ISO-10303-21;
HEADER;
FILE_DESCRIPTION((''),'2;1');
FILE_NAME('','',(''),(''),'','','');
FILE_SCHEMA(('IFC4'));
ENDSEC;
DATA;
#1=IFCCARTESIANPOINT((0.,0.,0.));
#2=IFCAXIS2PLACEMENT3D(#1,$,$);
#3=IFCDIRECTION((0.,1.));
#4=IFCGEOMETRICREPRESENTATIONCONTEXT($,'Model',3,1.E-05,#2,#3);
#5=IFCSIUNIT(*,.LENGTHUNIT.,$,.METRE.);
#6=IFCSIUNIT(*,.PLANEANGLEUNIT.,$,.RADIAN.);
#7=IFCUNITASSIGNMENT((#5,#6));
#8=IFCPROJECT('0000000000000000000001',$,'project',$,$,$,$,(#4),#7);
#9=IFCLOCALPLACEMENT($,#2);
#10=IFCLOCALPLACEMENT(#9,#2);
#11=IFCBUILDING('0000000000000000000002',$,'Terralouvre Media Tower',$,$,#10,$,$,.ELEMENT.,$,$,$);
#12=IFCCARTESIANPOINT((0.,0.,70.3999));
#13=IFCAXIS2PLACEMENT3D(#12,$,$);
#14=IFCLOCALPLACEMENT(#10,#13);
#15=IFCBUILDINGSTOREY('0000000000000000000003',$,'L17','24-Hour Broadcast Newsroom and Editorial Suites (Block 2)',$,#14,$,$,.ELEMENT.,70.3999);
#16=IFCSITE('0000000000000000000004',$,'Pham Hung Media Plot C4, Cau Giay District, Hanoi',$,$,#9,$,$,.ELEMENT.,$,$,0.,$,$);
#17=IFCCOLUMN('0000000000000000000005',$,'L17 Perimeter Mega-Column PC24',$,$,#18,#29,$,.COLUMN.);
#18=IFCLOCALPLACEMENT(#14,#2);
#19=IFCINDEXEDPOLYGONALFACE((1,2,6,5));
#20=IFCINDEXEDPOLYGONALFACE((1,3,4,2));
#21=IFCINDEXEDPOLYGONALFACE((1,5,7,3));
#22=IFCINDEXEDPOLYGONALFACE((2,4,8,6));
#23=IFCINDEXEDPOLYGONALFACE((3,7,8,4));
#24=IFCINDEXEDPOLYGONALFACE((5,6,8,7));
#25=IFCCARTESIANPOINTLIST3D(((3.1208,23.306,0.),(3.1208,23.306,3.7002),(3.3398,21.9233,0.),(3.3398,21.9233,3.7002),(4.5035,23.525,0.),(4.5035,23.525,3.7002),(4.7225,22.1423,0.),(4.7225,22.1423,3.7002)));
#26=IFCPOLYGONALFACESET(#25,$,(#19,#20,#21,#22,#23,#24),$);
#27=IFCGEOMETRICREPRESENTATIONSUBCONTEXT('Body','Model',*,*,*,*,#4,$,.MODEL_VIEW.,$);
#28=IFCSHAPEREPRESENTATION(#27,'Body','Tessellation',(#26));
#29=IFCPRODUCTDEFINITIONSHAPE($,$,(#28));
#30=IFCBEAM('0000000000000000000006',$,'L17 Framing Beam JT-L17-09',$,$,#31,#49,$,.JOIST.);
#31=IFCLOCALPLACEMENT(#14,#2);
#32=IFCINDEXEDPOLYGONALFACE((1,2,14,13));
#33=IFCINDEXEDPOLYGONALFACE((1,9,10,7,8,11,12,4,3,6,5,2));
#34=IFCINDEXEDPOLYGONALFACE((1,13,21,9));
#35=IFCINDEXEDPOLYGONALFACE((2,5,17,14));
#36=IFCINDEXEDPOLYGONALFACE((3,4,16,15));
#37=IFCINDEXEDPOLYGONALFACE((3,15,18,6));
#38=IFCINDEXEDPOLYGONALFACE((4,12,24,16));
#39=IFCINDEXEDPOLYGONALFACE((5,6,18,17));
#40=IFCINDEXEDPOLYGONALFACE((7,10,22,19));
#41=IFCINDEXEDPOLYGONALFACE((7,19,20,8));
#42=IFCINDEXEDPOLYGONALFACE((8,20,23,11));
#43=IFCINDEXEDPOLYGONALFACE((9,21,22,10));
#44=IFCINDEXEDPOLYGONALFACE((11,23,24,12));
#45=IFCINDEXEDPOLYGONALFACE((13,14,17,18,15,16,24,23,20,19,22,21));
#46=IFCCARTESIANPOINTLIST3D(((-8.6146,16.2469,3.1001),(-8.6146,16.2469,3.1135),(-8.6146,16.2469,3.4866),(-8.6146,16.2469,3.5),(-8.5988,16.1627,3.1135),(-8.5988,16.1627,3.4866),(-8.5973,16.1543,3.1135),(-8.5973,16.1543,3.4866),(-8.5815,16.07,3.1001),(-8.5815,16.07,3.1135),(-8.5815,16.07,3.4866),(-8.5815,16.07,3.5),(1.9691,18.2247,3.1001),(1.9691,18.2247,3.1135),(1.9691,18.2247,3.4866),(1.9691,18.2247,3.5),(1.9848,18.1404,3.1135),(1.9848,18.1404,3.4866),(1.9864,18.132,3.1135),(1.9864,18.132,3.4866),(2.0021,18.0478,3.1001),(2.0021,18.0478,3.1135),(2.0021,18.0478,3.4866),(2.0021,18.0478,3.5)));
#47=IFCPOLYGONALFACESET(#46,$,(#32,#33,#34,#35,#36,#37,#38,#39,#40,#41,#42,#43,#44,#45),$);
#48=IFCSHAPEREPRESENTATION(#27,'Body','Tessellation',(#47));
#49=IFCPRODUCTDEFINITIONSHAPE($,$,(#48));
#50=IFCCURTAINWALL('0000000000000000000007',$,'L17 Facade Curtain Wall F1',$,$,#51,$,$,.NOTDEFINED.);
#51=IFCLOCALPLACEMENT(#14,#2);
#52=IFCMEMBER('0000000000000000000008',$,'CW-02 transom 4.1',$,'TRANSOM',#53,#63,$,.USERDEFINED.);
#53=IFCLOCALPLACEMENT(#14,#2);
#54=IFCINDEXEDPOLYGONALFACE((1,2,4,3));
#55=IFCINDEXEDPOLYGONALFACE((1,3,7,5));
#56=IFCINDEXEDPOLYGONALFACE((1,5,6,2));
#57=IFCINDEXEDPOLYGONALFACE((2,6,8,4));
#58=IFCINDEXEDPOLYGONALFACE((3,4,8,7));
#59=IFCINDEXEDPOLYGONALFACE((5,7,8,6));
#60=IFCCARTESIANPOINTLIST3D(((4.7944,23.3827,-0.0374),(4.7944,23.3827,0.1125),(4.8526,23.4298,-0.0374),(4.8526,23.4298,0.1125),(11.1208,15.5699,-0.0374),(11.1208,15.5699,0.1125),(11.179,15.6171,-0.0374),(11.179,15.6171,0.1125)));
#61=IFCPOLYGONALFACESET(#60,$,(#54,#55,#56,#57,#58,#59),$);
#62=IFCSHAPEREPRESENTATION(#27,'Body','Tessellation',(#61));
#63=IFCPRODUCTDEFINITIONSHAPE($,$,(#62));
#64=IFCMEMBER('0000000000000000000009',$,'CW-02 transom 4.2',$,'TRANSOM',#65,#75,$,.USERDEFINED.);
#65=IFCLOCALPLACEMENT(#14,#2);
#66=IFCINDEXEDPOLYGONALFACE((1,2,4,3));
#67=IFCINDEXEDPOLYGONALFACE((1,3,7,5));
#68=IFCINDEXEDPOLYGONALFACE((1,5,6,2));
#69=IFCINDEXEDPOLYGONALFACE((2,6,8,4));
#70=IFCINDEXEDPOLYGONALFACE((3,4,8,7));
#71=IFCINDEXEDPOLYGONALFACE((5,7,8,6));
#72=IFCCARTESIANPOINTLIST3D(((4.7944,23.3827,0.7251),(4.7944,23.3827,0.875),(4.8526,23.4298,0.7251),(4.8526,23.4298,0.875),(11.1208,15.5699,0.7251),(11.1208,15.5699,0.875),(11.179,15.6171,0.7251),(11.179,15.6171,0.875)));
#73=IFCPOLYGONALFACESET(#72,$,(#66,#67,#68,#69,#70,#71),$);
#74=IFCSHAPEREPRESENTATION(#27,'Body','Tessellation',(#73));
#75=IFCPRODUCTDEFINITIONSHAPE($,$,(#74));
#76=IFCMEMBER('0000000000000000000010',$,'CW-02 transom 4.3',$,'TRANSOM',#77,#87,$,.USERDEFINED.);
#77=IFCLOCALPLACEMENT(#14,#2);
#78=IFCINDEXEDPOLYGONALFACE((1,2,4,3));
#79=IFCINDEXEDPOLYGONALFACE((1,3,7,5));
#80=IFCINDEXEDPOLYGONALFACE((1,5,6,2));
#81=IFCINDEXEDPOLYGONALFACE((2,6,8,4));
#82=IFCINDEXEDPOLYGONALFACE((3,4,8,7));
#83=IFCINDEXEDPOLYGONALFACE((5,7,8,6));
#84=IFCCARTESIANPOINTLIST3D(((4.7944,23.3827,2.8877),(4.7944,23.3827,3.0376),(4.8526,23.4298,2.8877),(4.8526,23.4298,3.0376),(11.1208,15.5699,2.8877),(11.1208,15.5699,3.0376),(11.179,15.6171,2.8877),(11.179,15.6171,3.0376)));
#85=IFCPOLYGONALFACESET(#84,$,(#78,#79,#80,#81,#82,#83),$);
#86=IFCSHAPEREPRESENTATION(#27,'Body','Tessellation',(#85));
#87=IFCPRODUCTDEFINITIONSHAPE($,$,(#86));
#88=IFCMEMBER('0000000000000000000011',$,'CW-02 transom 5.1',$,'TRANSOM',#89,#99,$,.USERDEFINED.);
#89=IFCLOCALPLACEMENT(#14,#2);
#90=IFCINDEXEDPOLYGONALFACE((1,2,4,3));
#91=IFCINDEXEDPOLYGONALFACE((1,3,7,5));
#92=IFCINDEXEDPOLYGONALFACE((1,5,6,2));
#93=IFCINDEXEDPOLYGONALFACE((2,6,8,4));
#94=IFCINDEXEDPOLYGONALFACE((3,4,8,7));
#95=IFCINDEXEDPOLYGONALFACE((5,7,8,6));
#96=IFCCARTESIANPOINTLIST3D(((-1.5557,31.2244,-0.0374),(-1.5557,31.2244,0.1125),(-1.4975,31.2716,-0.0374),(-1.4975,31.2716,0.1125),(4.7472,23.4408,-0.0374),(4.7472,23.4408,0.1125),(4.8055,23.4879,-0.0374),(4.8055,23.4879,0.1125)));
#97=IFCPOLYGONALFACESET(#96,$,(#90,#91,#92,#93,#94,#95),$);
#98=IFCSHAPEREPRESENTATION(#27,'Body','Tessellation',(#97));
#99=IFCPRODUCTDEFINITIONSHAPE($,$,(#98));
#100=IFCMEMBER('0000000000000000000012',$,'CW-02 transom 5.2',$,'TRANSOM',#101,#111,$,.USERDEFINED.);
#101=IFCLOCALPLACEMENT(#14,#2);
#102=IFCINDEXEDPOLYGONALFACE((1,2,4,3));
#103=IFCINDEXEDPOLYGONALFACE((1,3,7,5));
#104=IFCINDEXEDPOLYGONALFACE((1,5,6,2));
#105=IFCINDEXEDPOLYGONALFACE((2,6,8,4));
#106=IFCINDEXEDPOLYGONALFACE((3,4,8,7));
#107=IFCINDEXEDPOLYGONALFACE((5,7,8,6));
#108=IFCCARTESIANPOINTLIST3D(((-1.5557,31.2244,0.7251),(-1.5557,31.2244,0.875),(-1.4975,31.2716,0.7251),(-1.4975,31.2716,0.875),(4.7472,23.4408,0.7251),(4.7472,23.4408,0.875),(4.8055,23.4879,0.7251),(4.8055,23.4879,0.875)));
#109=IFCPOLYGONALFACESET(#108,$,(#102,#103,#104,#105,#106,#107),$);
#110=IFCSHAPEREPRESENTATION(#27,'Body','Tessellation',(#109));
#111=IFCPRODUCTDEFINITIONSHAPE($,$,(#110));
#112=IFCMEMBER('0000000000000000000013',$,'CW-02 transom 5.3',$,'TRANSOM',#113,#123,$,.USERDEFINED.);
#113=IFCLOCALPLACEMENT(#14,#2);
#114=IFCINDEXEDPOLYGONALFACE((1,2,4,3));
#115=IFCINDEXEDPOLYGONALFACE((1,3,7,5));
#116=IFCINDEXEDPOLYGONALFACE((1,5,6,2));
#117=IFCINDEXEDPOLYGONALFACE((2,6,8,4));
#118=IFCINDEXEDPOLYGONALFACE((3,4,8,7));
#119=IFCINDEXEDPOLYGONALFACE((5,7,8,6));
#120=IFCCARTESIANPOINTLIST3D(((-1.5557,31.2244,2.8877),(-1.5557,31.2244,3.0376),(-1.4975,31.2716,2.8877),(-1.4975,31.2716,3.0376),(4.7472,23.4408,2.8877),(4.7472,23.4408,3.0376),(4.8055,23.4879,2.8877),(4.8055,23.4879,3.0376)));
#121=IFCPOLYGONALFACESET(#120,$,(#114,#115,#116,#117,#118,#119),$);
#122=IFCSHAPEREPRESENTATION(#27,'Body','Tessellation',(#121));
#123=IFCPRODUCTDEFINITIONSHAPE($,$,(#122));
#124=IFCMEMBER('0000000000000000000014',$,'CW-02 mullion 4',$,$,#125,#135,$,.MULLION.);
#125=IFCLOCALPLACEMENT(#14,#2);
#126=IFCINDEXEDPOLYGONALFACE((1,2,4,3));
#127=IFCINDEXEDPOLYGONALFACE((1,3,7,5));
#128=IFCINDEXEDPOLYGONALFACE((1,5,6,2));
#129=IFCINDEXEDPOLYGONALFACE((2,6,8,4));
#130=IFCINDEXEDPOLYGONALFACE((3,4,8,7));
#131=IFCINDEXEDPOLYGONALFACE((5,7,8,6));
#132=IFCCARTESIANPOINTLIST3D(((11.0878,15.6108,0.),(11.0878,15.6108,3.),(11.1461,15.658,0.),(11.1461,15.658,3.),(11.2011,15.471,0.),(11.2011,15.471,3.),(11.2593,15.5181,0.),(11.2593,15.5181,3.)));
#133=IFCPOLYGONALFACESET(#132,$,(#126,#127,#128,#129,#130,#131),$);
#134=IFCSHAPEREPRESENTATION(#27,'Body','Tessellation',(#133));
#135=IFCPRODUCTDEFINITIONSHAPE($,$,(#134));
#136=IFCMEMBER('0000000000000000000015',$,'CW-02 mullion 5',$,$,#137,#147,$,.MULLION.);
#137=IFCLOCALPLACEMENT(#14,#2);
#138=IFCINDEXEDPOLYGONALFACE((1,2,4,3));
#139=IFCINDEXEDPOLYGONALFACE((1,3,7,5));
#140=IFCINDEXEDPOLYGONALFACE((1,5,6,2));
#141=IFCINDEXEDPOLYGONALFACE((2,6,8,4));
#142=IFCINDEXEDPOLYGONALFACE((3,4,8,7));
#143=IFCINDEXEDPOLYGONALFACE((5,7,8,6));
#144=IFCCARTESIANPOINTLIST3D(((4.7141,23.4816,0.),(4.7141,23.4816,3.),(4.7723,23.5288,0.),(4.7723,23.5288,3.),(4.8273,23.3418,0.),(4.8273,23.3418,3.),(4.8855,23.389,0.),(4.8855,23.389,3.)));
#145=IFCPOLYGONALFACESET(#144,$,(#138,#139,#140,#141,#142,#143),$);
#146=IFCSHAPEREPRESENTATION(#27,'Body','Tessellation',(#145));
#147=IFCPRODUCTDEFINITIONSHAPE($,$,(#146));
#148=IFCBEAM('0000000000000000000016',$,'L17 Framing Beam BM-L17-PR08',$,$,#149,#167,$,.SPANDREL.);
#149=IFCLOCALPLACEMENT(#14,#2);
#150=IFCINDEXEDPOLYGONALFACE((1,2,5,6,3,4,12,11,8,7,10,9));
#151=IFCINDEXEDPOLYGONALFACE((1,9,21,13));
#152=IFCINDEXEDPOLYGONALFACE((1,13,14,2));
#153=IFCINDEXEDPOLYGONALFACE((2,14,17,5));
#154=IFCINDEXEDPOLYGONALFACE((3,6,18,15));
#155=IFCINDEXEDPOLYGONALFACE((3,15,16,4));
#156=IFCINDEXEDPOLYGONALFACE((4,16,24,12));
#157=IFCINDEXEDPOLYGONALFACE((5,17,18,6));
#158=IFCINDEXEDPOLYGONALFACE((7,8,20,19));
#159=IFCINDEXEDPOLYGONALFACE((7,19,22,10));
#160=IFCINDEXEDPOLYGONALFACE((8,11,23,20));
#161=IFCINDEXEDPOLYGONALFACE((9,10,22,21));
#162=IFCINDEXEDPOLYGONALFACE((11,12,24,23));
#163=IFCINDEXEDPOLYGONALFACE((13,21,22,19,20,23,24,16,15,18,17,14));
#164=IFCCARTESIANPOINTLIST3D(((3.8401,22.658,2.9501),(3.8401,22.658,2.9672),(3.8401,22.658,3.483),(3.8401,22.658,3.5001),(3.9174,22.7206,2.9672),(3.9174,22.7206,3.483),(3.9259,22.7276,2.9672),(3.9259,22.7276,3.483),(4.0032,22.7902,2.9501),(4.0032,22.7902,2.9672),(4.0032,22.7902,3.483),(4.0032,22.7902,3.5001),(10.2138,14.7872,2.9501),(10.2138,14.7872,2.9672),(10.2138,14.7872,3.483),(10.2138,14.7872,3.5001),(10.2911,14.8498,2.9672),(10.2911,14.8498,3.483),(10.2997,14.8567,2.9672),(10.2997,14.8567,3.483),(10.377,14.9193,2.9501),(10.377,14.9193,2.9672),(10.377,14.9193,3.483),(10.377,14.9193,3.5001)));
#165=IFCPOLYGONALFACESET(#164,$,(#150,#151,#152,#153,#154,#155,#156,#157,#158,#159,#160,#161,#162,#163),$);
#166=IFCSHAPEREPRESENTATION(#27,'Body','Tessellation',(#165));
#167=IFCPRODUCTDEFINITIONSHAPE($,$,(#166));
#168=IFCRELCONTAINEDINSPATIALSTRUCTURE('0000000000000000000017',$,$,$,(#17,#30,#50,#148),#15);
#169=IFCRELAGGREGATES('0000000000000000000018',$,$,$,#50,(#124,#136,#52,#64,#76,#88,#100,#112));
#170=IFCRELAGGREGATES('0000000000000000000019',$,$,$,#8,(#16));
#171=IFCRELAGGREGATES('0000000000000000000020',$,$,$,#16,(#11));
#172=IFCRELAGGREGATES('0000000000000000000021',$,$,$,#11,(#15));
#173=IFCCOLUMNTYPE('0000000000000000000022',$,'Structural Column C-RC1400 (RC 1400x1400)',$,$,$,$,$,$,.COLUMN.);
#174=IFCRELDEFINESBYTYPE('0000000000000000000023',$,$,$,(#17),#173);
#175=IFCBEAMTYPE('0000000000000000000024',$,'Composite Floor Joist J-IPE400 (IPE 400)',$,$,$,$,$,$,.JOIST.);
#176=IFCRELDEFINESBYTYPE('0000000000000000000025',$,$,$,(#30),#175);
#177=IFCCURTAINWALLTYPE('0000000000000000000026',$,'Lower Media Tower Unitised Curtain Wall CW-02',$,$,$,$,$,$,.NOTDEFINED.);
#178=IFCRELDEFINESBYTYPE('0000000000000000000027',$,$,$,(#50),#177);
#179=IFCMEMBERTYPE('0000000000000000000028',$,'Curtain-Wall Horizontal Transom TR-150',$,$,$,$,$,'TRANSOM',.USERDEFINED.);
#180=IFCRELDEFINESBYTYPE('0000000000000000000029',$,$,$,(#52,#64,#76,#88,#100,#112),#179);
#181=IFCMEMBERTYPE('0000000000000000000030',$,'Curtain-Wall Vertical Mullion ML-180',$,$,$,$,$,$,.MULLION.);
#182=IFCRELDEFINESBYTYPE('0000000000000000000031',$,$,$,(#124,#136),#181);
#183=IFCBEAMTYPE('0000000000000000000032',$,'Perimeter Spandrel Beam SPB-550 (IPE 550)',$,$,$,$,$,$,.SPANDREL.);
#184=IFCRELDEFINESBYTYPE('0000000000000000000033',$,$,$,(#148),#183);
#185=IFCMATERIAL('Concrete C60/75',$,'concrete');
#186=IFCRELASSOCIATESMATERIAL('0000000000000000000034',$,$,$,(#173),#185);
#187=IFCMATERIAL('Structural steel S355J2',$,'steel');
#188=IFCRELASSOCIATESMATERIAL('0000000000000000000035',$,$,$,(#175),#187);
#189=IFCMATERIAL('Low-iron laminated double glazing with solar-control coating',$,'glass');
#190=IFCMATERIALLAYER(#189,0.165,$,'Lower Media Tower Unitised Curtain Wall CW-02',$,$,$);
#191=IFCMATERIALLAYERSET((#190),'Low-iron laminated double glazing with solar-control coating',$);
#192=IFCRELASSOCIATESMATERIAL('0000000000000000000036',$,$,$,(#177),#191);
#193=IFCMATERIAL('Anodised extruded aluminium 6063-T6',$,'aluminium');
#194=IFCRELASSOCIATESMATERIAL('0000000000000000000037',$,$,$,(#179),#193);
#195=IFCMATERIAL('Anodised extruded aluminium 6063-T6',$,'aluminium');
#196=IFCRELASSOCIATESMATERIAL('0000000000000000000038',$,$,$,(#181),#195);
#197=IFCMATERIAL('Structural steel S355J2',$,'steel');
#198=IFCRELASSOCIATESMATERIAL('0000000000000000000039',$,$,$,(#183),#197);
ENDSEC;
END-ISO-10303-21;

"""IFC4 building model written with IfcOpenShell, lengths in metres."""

from ifc_helpers import new_model, si_unit, direction, frame, origin, origin_2d, place, context, subcontext, project, spatial, rectangle, i_section, extrude, material, layer, layer_set, material_profile, profile_set, type_object, element, aggregate, save


model = new_model("IFC4")

# Units and contexts
model_context = context("Model", 3, precision=1e-05, world=origin(), true_north=direction((0.0, 1.0)))
body_context = subcontext(model_context, "Body", "Model", "MODEL_VIEW")
ifc_project = project(units=[si_unit("LENGTHUNIT", "METRE"), si_unit("PLANEANGLEUNIT", "RADIAN")], contexts=[model_context])

# Site, building, storey
site_placement = place(None, origin())
site = spatial("IfcSite", under=ifc_project, at=site_placement, Name="Pham Hung Media Plot C4, Cau Giay District, Hanoi", CompositionType="ELEMENT", RefElevation=0.0)
building_placement = place(site_placement, origin())
building = spatial("IfcBuilding", under=site, at=building_placement, Name="Terralouvre Media Tower", CompositionType="ELEMENT")
storey_placement = place(building_placement, frame((0.0, 0.0, 70.3999)))
storey = spatial("IfcBuildingStorey", under=building, at=storey_placement, Name="L17", Description="24-Hour Broadcast Newsroom and Editorial Suites (Block 2)", CompositionType="ELEMENT", Elevation=70.3999)

# Column
ifc_material_1 = material(Name="Concrete C60/75", Category="concrete")
ifc_material_profile_1 = material_profile(ifc_material_1, rectangle(XDim=1.3999, YDim=1.3999, at=origin_2d()), Name="RC 1400x1400")
ifc_profile_set_1 = profile_set([ifc_material_profile_1], Name="Concrete C60/75")
column_type = type_object("IfcColumnType", Name="Structural Column C-RC1400 (RC 1400x1400)", PredefinedType="COLUMN", material=ifc_profile_set_1)
column_placement = place(storey_placement, frame((3.9216, 22.7241, 0.0), z_axis=(0.0, 0.0, 1.0), x_axis=(0.987688, 0.156434, 0.0)))
element("IfcColumn", 1, at=column_placement, inside=storey, type_object=column_type, Name="L17 Perimeter Mega-Column PC24", PredefinedType="COLUMN", context=body_context, shape_type="SweptSolid", body=[
    extrude(rectangle(XDim=1.3999, YDim=1.3999, at=origin_2d()), origin(), (0.0, 0.0, 1.0), 3.7002),
])

# Beam
ifc_material_2 = material(Name="Structural steel S355J2", Category="steel")
ifc_material_profile_2 = material_profile(ifc_material_2, i_section(OverallWidth=0.1799, OverallDepth=0.3999, WebThickness=0.0085, FlangeThickness=0.0134, at=origin_2d()), Name="IPE 400")
ifc_profile_set_2 = profile_set([ifc_material_profile_2], Name="Structural steel S355J2")
beam_type_1 = type_object("IfcBeamType", Name="Composite Floor Joist J-IPE400 (IPE 400)", PredefinedType="JOIST", material=ifc_profile_set_2)
beam_1_placement = place(storey_placement, frame((1.9856, 18.1362, 3.3), z_axis=(-0.982984, -0.18369, 0.0), x_axis=(0.18369, -0.982984, 0.0)))
element("IfcBeam", 2, at=beam_1_placement, inside=storey, type_object=beam_type_1, Name="L17 Framing Beam JT-L17-09", PredefinedType="JOIST", context=body_context, shape_type="SweptSolid", body=[
    extrude(i_section(OverallWidth=0.1799, OverallDepth=0.3999, WebThickness=0.0085, FlangeThickness=0.0134, at=origin_2d()), origin(), (0.0, 0.0, 1.0), 10.7668),
])

# Curtain wall, members
ifc_material_3 = material(Name="Low-iron laminated double glazing with solar-control coating", Category="glass")
ifc_layer_1 = layer(ifc_material_3, 0.165, Name="Lower Media Tower Unitised Curtain Wall CW-02")
ifc_layer_set_1 = layer_set([ifc_layer_1], Name="Low-iron laminated double glazing with solar-control coating")
curtain_wall_type = type_object("IfcCurtainWallType", Name="Lower Media Tower Unitised Curtain Wall CW-02", PredefinedType="NOTDEFINED", material=ifc_layer_set_1)
curtain_wall_placement = place(storey_placement, origin())
curtain_wall = element("IfcCurtainWall", 3, at=curtain_wall_placement, inside=storey, type_object=curtain_wall_type, Name="L17 Facade Curtain Wall F1", PredefinedType="NOTDEFINED")
ifc_material_4 = material(Name="Anodised extruded aluminium 6063-T6", Category="aluminium")
ifc_material_profile_3 = material_profile(ifc_material_4, rectangle(XDim=0.075, YDim=0.1499, at=origin_2d()), Name="ALU 75x150")
ifc_profile_set_3 = profile_set([ifc_material_profile_3], Name="Anodised extruded aluminium 6063-T6")
member_type_1 = type_object("IfcMemberType", Name="Curtain-Wall Horizontal Transom TR-150", ElementType="TRANSOM", PredefinedType="USERDEFINED", material=ifc_profile_set_3)
member_1_placement = place(storey_placement, frame((11.1499, 15.5935, 0.0376), z_axis=(-0.629307, 0.777157, 0.0), x_axis=(-0.777157, -0.629307, 0.0)))
member_1 = element("IfcMember", 4, at=member_1_placement, type_object=member_type_1, Name="CW-02 transom 4.1", ObjectType="TRANSOM", PredefinedType="USERDEFINED", context=body_context, shape_type="SweptSolid", body=[
    extrude(rectangle(XDim=0.075, YDim=0.1499, at=origin_2d()), origin(), (0.0, 0.0, 1.0), 10.053),
])
member_2_placement = place(storey_placement, frame((11.1499, 15.5935, 0.8), z_axis=(-0.629307, 0.777157, 0.0), x_axis=(-0.777157, -0.629307, 0.0)))
member_2 = element("IfcMember", 5, at=member_2_placement, type_object=member_type_1, Name="CW-02 transom 4.2", ObjectType="TRANSOM", PredefinedType="USERDEFINED", context=body_context, shape_type="SweptSolid", body=[
    extrude(rectangle(XDim=0.075, YDim=0.1499, at=origin_2d()), origin(), (0.0, 0.0, 1.0), 10.053),
])
member_3_placement = place(storey_placement, frame((11.1499, 15.5935, 2.9626), z_axis=(-0.629307, 0.777157, 0.0), x_axis=(-0.777157, -0.629307, 0.0)))
member_3 = element("IfcMember", 6, at=member_3_placement, type_object=member_type_1, Name="CW-02 transom 4.3", ObjectType="TRANSOM", PredefinedType="USERDEFINED", context=body_context, shape_type="SweptSolid", body=[
    extrude(rectangle(XDim=0.075, YDim=0.1499, at=origin_2d()), origin(), (0.0, 0.0, 1.0), 10.053),
])
member_4_placement = place(storey_placement, frame((4.7764, 23.4644, 0.0376), z_axis=(-0.629313, 0.777152, 0.0), x_axis=(-0.777152, -0.629313, 0.0)))
member_4 = element("IfcMember", 7, at=member_4_placement, type_object=member_type_1, Name="CW-02 transom 5.1", ObjectType="TRANSOM", PredefinedType="USERDEFINED", context=body_context, shape_type="SweptSolid", body=[
    extrude(rectangle(XDim=0.075, YDim=0.1499, at=origin_2d()), origin(), (0.0, 0.0, 1.0), 10.0156),
])
member_5_placement = place(storey_placement, frame((4.7764, 23.4644, 0.8), z_axis=(-0.629313, 0.777152, 0.0), x_axis=(-0.777152, -0.629313, 0.0)))
member_5 = element("IfcMember", 8, at=member_5_placement, type_object=member_type_1, Name="CW-02 transom 5.2", ObjectType="TRANSOM", PredefinedType="USERDEFINED", context=body_context, shape_type="SweptSolid", body=[
    extrude(rectangle(XDim=0.075, YDim=0.1499, at=origin_2d()), origin(), (0.0, 0.0, 1.0), 10.0156),
])
member_6_placement = place(storey_placement, frame((4.7764, 23.4644, 2.9626), z_axis=(-0.629313, 0.777152, 0.0), x_axis=(-0.777152, -0.629313, 0.0)))
member_6 = element("IfcMember", 9, at=member_6_placement, type_object=member_type_1, Name="CW-02 transom 5.3", ObjectType="TRANSOM", PredefinedType="USERDEFINED", context=body_context, shape_type="SweptSolid", body=[
    extrude(rectangle(XDim=0.075, YDim=0.1499, at=origin_2d()), origin(), (0.0, 0.0, 1.0), 10.0156),
])
ifc_material_5 = material(Name="Anodised extruded aluminium 6063-T6", Category="aluminium")
ifc_material_profile_4 = material_profile(ifc_material_5, rectangle(XDim=0.075, YDim=0.1799, at=origin_2d()), Name="ALU 75x180")
ifc_profile_set_4 = profile_set([ifc_material_profile_4], Name="Anodised extruded aluminium 6063-T6")
member_type_2 = type_object("IfcMemberType", Name="Curtain-Wall Vertical Mullion ML-180", PredefinedType="MULLION", material=ifc_profile_set_4)
member_7_placement = place(storey_placement, frame((11.1736, 15.5645, 0.0), z_axis=(0.0, 0.0, 1.0), x_axis=(-0.777146, -0.62932, 0.0)))
member_7 = element("IfcMember", 10, at=member_7_placement, type_object=member_type_2, Name="CW-02 mullion 4", PredefinedType="MULLION", context=body_context, shape_type="SweptSolid", body=[
    extrude(rectangle(XDim=0.075, YDim=0.1799, at=origin_2d()), origin(), (0.0, 0.0, 1.0), 3.0),
])
member_8_placement = place(storey_placement, frame((4.7998, 23.4353, 0.0), z_axis=(0.0, 0.0, 1.0), x_axis=(-0.777146, -0.62932, 0.0)))
member_8 = element("IfcMember", 11, at=member_8_placement, type_object=member_type_2, Name="CW-02 mullion 5", PredefinedType="MULLION", context=body_context, shape_type="SweptSolid", body=[
    extrude(rectangle(XDim=0.075, YDim=0.1799, at=origin_2d()), origin(), (0.0, 0.0, 1.0), 3.0),
])

# Beam
ifc_material_6 = material(Name="Structural steel S355J2", Category="steel")
ifc_material_profile_5 = material_profile(ifc_material_6, i_section(OverallWidth=0.21, OverallDepth=0.55, WebThickness=0.011, FlangeThickness=0.0171, at=origin_2d()), Name="IPE 550")
ifc_profile_set_5 = profile_set([ifc_material_profile_5], Name="Structural steel S355J2")
beam_type_2 = type_object("IfcBeamType", Name="Perimeter Spandrel Beam SPB-550 (IPE 550)", PredefinedType="SPANDREL", material=ifc_profile_set_5)
beam_2_placement = place(storey_placement, frame((10.2954, 14.8533, 3.2251), z_axis=(-0.629326, 0.777142, 0.0), x_axis=(-0.777142, -0.629326, 0.0)))
element("IfcBeam", 12, at=beam_2_placement, inside=storey, type_object=beam_type_2, Name="L17 Framing Beam BM-L17-PR08", PredefinedType="SPANDREL", context=body_context, shape_type="SweptSolid", body=[
    extrude(i_section(OverallWidth=0.21, OverallDepth=0.55, WebThickness=0.011, FlangeThickness=0.0171, at=origin_2d()), origin(), (0.0, 0.0, 1.0), 10.1279),
])

aggregate(curtain_wall, [member_7, member_8, member_1, member_2, member_3, member_4, member_5, member_6])

save(model, "model.ifc")
